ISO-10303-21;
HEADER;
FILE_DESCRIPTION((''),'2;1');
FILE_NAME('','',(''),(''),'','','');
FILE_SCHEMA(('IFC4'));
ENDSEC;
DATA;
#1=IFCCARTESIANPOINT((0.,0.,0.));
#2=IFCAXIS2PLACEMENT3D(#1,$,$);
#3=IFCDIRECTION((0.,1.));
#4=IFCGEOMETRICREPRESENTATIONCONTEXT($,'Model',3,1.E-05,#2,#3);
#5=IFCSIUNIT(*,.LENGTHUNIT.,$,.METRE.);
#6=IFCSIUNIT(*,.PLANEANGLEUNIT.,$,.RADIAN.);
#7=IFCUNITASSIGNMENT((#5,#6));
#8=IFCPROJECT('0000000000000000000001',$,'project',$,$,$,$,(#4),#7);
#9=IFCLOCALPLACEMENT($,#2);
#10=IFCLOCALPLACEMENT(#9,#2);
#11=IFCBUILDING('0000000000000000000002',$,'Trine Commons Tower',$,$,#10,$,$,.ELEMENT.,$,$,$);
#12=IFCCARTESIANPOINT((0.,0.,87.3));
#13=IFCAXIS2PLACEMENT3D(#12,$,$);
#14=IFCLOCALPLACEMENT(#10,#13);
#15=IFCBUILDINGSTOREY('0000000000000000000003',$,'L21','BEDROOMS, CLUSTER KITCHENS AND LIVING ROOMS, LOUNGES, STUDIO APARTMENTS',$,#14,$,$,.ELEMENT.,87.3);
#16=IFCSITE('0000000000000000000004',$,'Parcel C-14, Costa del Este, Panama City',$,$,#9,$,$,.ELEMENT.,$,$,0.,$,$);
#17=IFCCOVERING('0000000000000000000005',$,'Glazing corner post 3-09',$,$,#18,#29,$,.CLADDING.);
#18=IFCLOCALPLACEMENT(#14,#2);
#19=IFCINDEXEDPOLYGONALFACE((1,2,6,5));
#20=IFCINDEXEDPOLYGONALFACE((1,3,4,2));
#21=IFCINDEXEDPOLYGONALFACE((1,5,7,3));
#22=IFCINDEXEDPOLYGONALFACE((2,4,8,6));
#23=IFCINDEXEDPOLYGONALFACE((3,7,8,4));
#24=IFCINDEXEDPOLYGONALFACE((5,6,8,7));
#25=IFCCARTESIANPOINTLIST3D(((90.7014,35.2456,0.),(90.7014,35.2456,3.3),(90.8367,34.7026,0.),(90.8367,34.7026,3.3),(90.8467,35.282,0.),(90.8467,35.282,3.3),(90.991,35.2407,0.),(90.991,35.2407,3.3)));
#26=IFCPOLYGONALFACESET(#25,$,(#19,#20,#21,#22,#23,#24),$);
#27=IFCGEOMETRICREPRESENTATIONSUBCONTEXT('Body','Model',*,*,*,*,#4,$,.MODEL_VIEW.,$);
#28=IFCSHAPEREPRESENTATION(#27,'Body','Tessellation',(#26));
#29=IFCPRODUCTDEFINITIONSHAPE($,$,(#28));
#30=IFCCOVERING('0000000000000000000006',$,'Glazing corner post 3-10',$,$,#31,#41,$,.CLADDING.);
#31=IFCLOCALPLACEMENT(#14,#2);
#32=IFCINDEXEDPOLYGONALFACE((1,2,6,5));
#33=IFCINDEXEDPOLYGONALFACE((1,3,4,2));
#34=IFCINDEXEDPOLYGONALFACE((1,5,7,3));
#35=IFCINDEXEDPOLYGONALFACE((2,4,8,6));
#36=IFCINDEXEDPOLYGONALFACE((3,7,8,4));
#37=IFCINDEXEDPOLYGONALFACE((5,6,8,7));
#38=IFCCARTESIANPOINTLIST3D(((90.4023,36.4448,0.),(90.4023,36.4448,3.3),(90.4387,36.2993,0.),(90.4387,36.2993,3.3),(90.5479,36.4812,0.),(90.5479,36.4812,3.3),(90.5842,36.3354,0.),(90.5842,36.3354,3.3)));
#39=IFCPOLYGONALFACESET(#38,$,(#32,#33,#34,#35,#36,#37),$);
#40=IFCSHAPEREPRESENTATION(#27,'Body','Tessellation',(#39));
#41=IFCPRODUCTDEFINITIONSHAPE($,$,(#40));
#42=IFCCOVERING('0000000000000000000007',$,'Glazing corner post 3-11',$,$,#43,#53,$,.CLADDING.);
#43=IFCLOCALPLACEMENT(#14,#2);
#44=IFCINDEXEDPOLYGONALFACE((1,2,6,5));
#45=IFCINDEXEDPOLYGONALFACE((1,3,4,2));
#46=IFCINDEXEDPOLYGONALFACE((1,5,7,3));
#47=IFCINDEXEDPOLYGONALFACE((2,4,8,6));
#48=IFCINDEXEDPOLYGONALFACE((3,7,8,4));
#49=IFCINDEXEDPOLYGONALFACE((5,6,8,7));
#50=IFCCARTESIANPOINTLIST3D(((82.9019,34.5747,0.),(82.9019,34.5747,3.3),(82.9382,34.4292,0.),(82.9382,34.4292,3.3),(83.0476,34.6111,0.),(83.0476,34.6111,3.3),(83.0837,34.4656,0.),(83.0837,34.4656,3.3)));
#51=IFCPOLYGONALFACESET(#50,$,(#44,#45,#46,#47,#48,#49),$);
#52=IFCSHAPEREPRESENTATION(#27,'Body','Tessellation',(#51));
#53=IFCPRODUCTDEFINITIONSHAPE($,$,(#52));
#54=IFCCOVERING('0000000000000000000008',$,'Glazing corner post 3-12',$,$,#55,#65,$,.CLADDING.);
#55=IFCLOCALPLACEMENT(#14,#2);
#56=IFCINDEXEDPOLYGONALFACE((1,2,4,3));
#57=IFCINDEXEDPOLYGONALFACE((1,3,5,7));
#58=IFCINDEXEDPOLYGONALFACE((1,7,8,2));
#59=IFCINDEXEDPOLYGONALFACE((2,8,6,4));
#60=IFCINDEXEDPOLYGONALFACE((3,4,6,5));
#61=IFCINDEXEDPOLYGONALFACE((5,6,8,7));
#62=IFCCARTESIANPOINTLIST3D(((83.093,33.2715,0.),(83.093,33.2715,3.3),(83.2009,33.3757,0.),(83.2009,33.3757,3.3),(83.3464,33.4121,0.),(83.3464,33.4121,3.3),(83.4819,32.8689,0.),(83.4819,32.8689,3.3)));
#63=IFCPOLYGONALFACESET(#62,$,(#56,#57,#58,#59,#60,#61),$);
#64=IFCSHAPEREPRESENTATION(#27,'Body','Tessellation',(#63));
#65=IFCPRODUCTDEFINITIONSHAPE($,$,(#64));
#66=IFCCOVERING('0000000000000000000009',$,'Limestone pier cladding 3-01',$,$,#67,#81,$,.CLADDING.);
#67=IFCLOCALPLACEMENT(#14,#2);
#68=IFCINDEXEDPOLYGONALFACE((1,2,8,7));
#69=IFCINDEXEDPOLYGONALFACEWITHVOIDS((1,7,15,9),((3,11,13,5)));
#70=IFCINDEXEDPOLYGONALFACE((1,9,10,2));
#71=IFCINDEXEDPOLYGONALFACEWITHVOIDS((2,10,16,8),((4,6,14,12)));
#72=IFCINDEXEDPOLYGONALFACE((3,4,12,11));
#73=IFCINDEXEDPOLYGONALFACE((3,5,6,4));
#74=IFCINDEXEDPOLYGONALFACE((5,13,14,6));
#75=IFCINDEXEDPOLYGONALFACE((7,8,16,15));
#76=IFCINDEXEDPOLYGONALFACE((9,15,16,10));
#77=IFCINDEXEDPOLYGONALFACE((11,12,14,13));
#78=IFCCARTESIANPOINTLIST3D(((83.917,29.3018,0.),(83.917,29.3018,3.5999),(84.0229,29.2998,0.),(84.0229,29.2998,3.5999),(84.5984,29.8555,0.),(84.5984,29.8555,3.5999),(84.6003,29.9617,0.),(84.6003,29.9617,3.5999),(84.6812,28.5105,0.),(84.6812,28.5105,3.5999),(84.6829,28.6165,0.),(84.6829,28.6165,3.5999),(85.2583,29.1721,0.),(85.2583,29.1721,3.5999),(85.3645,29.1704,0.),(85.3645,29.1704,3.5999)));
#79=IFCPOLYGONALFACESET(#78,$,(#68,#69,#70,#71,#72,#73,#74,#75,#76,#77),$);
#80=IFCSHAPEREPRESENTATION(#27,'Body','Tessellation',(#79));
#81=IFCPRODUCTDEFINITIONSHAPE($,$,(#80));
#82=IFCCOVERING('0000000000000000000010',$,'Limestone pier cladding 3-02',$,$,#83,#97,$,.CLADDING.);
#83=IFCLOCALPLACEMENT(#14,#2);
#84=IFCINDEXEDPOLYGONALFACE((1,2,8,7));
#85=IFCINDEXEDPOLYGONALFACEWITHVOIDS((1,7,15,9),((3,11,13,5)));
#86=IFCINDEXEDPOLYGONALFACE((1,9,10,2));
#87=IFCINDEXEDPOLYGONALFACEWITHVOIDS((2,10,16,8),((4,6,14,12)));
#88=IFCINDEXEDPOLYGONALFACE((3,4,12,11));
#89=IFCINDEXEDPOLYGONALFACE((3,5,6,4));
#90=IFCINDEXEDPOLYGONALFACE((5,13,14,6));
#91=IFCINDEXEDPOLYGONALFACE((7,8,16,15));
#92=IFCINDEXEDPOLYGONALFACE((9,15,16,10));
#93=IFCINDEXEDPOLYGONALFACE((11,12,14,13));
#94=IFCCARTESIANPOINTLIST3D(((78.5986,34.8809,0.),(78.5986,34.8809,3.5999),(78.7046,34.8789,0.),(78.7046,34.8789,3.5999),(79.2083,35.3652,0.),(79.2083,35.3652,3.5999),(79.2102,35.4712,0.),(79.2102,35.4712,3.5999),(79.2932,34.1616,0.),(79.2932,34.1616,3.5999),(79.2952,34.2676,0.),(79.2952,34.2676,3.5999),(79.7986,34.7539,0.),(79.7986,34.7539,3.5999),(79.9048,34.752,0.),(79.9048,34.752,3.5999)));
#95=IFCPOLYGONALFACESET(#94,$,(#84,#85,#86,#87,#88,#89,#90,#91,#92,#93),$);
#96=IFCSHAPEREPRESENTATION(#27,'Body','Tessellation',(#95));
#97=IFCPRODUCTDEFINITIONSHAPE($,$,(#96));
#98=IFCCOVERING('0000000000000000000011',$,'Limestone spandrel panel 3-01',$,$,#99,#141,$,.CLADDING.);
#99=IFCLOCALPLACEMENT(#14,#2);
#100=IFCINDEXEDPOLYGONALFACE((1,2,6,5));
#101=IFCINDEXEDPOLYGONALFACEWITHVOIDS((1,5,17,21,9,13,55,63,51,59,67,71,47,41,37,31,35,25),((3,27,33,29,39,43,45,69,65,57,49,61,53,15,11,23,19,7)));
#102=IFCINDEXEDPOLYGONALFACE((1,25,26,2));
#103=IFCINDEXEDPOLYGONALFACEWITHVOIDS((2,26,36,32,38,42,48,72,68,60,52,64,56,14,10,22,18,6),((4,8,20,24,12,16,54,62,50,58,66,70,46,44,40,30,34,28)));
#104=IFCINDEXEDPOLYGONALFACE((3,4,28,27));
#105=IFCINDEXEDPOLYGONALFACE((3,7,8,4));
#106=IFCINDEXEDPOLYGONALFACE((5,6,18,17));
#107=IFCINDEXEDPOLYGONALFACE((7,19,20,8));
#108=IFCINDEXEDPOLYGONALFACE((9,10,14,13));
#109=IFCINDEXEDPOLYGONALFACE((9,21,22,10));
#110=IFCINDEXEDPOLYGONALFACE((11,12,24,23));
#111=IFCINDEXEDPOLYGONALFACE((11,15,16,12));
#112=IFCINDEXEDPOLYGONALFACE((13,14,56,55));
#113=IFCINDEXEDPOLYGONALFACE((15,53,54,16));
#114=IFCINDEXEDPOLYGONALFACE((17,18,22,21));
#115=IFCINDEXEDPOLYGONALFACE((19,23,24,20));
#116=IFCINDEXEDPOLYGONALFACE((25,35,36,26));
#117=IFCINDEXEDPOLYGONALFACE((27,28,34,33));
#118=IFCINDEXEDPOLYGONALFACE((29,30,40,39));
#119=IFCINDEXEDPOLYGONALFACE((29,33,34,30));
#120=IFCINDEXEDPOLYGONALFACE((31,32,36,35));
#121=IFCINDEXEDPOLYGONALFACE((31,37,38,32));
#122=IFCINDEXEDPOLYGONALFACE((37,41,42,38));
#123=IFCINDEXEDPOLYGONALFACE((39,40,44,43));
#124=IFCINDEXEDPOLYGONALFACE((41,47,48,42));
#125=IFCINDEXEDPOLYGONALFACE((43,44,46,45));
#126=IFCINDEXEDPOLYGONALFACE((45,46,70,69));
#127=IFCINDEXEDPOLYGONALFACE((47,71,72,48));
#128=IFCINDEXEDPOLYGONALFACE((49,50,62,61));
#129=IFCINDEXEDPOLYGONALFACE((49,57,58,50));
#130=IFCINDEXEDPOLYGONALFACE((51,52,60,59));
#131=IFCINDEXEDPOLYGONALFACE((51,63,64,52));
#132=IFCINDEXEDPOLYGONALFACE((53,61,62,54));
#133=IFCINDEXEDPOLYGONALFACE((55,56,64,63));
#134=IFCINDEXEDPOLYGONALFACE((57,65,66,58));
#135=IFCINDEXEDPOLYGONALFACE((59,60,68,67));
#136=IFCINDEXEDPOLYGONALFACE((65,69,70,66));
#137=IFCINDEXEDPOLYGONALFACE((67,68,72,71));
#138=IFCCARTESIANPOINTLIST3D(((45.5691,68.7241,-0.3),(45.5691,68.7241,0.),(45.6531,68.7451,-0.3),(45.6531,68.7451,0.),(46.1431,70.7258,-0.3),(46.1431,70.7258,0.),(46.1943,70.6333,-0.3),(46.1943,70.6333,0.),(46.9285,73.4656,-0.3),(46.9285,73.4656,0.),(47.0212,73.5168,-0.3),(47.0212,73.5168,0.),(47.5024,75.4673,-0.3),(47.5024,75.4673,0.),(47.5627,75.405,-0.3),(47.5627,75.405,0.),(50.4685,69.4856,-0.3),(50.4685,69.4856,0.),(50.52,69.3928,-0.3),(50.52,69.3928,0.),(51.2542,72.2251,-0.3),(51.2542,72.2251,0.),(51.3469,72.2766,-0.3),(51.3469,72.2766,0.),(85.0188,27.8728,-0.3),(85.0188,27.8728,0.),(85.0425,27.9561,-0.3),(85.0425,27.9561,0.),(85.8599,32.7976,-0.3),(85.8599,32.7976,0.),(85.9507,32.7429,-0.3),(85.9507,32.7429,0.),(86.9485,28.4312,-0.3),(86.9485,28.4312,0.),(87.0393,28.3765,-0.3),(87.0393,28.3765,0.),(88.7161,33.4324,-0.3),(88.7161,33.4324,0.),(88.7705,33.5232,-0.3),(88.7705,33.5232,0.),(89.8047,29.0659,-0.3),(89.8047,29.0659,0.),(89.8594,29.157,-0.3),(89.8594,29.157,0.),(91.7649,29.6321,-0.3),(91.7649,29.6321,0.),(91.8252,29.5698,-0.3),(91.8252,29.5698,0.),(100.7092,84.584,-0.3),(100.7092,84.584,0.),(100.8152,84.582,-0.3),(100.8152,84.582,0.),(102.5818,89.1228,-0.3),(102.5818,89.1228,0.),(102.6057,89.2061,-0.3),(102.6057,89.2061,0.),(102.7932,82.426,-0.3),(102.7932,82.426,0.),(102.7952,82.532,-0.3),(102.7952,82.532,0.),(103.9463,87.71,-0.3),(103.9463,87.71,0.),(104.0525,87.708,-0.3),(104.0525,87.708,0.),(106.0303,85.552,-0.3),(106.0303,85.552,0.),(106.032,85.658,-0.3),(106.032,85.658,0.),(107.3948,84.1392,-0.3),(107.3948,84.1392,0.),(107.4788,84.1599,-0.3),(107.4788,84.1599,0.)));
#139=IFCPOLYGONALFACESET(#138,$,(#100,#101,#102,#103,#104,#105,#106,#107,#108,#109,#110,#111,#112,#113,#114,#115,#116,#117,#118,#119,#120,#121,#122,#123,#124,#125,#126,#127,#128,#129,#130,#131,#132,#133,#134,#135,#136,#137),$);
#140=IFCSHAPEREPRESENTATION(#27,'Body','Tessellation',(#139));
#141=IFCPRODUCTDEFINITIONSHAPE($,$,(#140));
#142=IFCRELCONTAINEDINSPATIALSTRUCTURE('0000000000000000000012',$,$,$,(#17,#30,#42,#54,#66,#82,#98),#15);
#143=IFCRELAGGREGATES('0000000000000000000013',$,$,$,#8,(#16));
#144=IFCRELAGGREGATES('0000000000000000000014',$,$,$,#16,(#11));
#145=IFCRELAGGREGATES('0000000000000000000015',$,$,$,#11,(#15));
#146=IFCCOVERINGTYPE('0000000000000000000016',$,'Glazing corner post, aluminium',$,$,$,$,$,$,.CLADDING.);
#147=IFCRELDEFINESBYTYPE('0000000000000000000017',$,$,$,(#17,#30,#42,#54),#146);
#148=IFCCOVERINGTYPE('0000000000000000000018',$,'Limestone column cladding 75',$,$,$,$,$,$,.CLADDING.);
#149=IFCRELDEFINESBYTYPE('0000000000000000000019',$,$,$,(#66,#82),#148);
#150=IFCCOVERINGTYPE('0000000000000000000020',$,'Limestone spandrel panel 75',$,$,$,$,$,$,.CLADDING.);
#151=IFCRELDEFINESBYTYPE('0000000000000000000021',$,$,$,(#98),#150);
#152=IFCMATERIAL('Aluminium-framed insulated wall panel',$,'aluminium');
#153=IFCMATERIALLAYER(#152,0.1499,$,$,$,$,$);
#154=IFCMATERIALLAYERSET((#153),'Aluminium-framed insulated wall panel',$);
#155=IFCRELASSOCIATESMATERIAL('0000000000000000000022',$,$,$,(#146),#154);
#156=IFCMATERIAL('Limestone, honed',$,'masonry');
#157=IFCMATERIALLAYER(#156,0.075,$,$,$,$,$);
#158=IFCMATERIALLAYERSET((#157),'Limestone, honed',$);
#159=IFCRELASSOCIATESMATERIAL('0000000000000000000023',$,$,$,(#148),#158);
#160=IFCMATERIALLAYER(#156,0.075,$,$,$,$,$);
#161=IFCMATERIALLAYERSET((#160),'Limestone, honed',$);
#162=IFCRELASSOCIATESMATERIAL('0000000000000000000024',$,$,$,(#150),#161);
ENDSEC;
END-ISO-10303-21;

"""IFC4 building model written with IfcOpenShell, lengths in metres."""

from ifc_helpers import new_model, si_unit, direction, frame, origin, place, context, subcontext, project, spatial, polyline, outline, extrude, material, layer, layer_set, type_object, element, save


model = new_model("IFC4")

# Units and contexts
model_context = context("Model", 3, precision=1e-05, world=origin(), true_north=direction((0.0, 1.0)))
body_context = subcontext(model_context, "Body", "Model", "MODEL_VIEW")
ifc_project = project(units=[si_unit("LENGTHUNIT", "METRE"), si_unit("PLANEANGLEUNIT", "RADIAN")], contexts=[model_context])

# Site, building, storey
site_placement = place(None, origin())
site = spatial("IfcSite", under=ifc_project, at=site_placement, Name="Parcel C-14, Costa del Este, Panama City", CompositionType="ELEMENT", RefElevation=0.0)
building_placement = place(site_placement, origin())
building = spatial("IfcBuilding", under=site, at=building_placement, Name="Trine Commons Tower", CompositionType="ELEMENT")
storey_placement = place(building_placement, frame((0.0, 0.0, 87.3)))
storey = spatial("IfcBuildingStorey", under=building, at=storey_placement, Name="L21", Description="BEDROOMS, CLUSTER KITCHENS AND LIVING ROOMS, LOUNGES, STUDIO APARTMENTS", CompositionType="ELEMENT", Elevation=87.3)

# Coverings
ifc_material_1 = material(Name="Aluminium-framed insulated wall panel", Category="aluminium")
ifc_layer_1 = layer(ifc_material_1, 0.1499)
ifc_layer_set_1 = layer_set([ifc_layer_1], Name="Aluminium-framed insulated wall panel")
covering_type_1 = type_object("IfcCoveringType", Name="Glazing corner post, aluminium", PredefinedType="CLADDING", material=ifc_layer_set_1)
covering_1_placement = place(storey_placement, origin())
element("IfcCovering", 1, at=covering_1_placement, inside=storey, type_object=covering_type_1, Name="Glazing corner post 3-09", PredefinedType="CLADDING", context=body_context, shape_type="SweptSolid", body=[
    extrude(outline(polyline([(90.7014, 35.2456), (90.8367, 34.7026), (90.991, 35.2407), (90.8467, 35.282), (90.7014, 35.2456)])), origin(), (0.0, 0.0, 1.0), 3.3),
])
covering_2_placement = place(storey_placement, origin())
element("IfcCovering", 2, at=covering_2_placement, inside=storey, type_object=covering_type_1, Name="Glazing corner post 3-10", PredefinedType="CLADDING", context=body_context, shape_type="SweptSolid", body=[
    extrude(outline(polyline([(90.4023, 36.4448), (90.4387, 36.2993), (90.5842, 36.3354), (90.5479, 36.4812), (90.4023, 36.4448)])), origin(), (0.0, 0.0, 1.0), 3.3),
])
covering_3_placement = place(storey_placement, origin())
element("IfcCovering", 3, at=covering_3_placement, inside=storey, type_object=covering_type_1, Name="Glazing corner post 3-11", PredefinedType="CLADDING", context=body_context, shape_type="SweptSolid", body=[
    extrude(outline(polyline([(82.9382, 34.4292), (83.0837, 34.4656), (83.0476, 34.6111), (82.9019, 34.5747), (82.9382, 34.4292)])), origin(), (0.0, 0.0, 1.0), 3.3),
])
covering_4_placement = place(storey_placement, origin())
element("IfcCovering", 4, at=covering_4_placement, inside=storey, type_object=covering_type_1, Name="Glazing corner post 3-12", PredefinedType="CLADDING", context=body_context, shape_type="SweptSolid", body=[
    extrude(outline(polyline([(83.093, 33.2715), (83.4819, 32.8689), (83.3464, 33.4121), (83.2009, 33.3757), (83.093, 33.2715)])), origin(), (0.0, 0.0, 1.0), 3.3),
])
ifc_material_2 = material(Name="Limestone, honed", Category="masonry")
ifc_layer_2 = layer(ifc_material_2, 0.075)
ifc_layer_set_2 = layer_set([ifc_layer_2], Name="Limestone, honed")
covering_type_2 = type_object("IfcCoveringType", Name="Limestone column cladding 75", PredefinedType="CLADDING", material=ifc_layer_set_2)
covering_5_placement = place(storey_placement, origin())
element("IfcCovering", 5, at=covering_5_placement, inside=storey, type_object=covering_type_2, Name="Limestone pier cladding 3-01", PredefinedType="CLADDING", context=body_context, shape_type="SweptSolid", body=[
    extrude(outline(polyline([(84.6003, 29.9617), (83.917, 29.3018), (84.6812, 28.5105), (85.3645, 29.1704), (84.6003, 29.9617)]), holes=[polyline([(84.5984, 29.8555), (84.0229, 29.2998), (84.6829, 28.6165), (85.2583, 29.1721), (84.5984, 29.8555)])]), origin(), (0.0, 0.0, 1.0), 3.5999),
])
covering_6_placement = place(storey_placement, origin())
element("IfcCovering", 6, at=covering_6_placement, inside=storey, type_object=covering_type_2, Name="Limestone pier cladding 3-02", PredefinedType="CLADDING", context=body_context, shape_type="SweptSolid", body=[
    extrude(outline(polyline([(79.2102, 35.4712), (78.5986, 34.8809), (79.2932, 34.1616), (79.9048, 34.752), (79.2102, 35.4712)]), holes=[polyline([(79.2083, 35.3652), (78.7046, 34.8789), (79.2952, 34.2676), (79.7986, 34.7539), (79.2083, 35.3652)])]), origin(), (0.0, 0.0, 1.0), 3.5999),
])
ifc_layer_3 = layer(ifc_material_2, 0.075)
ifc_layer_set_3 = layer_set([ifc_layer_3], Name="Limestone, honed")
covering_type_3 = type_object("IfcCoveringType", Name="Limestone spandrel panel 75", PredefinedType="CLADDING", material=ifc_layer_set_3)
covering_7_placement = place(storey_placement, frame((0.0, 0.0, -0.3)))
element("IfcCovering", 7, at=covering_7_placement, inside=storey, type_object=covering_type_3, Name="Limestone spandrel panel 3-01", PredefinedType="CLADDING", context=body_context, shape_type="SweptSolid", body=[
    extrude(outline(polyline([(88.7161, 33.4324), (89.8047, 29.0659), (91.8252, 29.5698), (107.4788, 84.1599), (106.032, 85.658), (102.7952, 82.532), (100.8152, 84.582), (104.0525, 87.708), (102.6057, 89.2061), (47.5024, 75.4673), (46.9285, 73.4656), (51.2542, 72.2251), (50.4685, 69.4856), (46.1431, 70.7258), (45.5691, 68.7241), (85.0188, 27.8728), (87.0393, 28.3765), (85.9507, 32.7429), (88.7161, 33.4324)]), holes=[polyline([(106.0303, 85.552), (107.3948, 84.1392), (91.7649, 29.6321), (89.8594, 29.157), (88.7705, 33.5232), (85.8599, 32.7976), (86.9485, 28.4312), (85.0425, 27.9561), (45.6531, 68.7451), (46.1943, 70.6333), (50.52, 69.3928), (51.3469, 72.2766), (47.0212, 73.5168), (47.5627, 75.405), (102.5818, 89.1228), (103.9463, 87.71), (100.7092, 84.584), (102.7932, 82.426), (106.0303, 85.552)])]), origin(), (0.0, 0.0, 1.0), 0.3),
])

save(model, "model.ifc")
